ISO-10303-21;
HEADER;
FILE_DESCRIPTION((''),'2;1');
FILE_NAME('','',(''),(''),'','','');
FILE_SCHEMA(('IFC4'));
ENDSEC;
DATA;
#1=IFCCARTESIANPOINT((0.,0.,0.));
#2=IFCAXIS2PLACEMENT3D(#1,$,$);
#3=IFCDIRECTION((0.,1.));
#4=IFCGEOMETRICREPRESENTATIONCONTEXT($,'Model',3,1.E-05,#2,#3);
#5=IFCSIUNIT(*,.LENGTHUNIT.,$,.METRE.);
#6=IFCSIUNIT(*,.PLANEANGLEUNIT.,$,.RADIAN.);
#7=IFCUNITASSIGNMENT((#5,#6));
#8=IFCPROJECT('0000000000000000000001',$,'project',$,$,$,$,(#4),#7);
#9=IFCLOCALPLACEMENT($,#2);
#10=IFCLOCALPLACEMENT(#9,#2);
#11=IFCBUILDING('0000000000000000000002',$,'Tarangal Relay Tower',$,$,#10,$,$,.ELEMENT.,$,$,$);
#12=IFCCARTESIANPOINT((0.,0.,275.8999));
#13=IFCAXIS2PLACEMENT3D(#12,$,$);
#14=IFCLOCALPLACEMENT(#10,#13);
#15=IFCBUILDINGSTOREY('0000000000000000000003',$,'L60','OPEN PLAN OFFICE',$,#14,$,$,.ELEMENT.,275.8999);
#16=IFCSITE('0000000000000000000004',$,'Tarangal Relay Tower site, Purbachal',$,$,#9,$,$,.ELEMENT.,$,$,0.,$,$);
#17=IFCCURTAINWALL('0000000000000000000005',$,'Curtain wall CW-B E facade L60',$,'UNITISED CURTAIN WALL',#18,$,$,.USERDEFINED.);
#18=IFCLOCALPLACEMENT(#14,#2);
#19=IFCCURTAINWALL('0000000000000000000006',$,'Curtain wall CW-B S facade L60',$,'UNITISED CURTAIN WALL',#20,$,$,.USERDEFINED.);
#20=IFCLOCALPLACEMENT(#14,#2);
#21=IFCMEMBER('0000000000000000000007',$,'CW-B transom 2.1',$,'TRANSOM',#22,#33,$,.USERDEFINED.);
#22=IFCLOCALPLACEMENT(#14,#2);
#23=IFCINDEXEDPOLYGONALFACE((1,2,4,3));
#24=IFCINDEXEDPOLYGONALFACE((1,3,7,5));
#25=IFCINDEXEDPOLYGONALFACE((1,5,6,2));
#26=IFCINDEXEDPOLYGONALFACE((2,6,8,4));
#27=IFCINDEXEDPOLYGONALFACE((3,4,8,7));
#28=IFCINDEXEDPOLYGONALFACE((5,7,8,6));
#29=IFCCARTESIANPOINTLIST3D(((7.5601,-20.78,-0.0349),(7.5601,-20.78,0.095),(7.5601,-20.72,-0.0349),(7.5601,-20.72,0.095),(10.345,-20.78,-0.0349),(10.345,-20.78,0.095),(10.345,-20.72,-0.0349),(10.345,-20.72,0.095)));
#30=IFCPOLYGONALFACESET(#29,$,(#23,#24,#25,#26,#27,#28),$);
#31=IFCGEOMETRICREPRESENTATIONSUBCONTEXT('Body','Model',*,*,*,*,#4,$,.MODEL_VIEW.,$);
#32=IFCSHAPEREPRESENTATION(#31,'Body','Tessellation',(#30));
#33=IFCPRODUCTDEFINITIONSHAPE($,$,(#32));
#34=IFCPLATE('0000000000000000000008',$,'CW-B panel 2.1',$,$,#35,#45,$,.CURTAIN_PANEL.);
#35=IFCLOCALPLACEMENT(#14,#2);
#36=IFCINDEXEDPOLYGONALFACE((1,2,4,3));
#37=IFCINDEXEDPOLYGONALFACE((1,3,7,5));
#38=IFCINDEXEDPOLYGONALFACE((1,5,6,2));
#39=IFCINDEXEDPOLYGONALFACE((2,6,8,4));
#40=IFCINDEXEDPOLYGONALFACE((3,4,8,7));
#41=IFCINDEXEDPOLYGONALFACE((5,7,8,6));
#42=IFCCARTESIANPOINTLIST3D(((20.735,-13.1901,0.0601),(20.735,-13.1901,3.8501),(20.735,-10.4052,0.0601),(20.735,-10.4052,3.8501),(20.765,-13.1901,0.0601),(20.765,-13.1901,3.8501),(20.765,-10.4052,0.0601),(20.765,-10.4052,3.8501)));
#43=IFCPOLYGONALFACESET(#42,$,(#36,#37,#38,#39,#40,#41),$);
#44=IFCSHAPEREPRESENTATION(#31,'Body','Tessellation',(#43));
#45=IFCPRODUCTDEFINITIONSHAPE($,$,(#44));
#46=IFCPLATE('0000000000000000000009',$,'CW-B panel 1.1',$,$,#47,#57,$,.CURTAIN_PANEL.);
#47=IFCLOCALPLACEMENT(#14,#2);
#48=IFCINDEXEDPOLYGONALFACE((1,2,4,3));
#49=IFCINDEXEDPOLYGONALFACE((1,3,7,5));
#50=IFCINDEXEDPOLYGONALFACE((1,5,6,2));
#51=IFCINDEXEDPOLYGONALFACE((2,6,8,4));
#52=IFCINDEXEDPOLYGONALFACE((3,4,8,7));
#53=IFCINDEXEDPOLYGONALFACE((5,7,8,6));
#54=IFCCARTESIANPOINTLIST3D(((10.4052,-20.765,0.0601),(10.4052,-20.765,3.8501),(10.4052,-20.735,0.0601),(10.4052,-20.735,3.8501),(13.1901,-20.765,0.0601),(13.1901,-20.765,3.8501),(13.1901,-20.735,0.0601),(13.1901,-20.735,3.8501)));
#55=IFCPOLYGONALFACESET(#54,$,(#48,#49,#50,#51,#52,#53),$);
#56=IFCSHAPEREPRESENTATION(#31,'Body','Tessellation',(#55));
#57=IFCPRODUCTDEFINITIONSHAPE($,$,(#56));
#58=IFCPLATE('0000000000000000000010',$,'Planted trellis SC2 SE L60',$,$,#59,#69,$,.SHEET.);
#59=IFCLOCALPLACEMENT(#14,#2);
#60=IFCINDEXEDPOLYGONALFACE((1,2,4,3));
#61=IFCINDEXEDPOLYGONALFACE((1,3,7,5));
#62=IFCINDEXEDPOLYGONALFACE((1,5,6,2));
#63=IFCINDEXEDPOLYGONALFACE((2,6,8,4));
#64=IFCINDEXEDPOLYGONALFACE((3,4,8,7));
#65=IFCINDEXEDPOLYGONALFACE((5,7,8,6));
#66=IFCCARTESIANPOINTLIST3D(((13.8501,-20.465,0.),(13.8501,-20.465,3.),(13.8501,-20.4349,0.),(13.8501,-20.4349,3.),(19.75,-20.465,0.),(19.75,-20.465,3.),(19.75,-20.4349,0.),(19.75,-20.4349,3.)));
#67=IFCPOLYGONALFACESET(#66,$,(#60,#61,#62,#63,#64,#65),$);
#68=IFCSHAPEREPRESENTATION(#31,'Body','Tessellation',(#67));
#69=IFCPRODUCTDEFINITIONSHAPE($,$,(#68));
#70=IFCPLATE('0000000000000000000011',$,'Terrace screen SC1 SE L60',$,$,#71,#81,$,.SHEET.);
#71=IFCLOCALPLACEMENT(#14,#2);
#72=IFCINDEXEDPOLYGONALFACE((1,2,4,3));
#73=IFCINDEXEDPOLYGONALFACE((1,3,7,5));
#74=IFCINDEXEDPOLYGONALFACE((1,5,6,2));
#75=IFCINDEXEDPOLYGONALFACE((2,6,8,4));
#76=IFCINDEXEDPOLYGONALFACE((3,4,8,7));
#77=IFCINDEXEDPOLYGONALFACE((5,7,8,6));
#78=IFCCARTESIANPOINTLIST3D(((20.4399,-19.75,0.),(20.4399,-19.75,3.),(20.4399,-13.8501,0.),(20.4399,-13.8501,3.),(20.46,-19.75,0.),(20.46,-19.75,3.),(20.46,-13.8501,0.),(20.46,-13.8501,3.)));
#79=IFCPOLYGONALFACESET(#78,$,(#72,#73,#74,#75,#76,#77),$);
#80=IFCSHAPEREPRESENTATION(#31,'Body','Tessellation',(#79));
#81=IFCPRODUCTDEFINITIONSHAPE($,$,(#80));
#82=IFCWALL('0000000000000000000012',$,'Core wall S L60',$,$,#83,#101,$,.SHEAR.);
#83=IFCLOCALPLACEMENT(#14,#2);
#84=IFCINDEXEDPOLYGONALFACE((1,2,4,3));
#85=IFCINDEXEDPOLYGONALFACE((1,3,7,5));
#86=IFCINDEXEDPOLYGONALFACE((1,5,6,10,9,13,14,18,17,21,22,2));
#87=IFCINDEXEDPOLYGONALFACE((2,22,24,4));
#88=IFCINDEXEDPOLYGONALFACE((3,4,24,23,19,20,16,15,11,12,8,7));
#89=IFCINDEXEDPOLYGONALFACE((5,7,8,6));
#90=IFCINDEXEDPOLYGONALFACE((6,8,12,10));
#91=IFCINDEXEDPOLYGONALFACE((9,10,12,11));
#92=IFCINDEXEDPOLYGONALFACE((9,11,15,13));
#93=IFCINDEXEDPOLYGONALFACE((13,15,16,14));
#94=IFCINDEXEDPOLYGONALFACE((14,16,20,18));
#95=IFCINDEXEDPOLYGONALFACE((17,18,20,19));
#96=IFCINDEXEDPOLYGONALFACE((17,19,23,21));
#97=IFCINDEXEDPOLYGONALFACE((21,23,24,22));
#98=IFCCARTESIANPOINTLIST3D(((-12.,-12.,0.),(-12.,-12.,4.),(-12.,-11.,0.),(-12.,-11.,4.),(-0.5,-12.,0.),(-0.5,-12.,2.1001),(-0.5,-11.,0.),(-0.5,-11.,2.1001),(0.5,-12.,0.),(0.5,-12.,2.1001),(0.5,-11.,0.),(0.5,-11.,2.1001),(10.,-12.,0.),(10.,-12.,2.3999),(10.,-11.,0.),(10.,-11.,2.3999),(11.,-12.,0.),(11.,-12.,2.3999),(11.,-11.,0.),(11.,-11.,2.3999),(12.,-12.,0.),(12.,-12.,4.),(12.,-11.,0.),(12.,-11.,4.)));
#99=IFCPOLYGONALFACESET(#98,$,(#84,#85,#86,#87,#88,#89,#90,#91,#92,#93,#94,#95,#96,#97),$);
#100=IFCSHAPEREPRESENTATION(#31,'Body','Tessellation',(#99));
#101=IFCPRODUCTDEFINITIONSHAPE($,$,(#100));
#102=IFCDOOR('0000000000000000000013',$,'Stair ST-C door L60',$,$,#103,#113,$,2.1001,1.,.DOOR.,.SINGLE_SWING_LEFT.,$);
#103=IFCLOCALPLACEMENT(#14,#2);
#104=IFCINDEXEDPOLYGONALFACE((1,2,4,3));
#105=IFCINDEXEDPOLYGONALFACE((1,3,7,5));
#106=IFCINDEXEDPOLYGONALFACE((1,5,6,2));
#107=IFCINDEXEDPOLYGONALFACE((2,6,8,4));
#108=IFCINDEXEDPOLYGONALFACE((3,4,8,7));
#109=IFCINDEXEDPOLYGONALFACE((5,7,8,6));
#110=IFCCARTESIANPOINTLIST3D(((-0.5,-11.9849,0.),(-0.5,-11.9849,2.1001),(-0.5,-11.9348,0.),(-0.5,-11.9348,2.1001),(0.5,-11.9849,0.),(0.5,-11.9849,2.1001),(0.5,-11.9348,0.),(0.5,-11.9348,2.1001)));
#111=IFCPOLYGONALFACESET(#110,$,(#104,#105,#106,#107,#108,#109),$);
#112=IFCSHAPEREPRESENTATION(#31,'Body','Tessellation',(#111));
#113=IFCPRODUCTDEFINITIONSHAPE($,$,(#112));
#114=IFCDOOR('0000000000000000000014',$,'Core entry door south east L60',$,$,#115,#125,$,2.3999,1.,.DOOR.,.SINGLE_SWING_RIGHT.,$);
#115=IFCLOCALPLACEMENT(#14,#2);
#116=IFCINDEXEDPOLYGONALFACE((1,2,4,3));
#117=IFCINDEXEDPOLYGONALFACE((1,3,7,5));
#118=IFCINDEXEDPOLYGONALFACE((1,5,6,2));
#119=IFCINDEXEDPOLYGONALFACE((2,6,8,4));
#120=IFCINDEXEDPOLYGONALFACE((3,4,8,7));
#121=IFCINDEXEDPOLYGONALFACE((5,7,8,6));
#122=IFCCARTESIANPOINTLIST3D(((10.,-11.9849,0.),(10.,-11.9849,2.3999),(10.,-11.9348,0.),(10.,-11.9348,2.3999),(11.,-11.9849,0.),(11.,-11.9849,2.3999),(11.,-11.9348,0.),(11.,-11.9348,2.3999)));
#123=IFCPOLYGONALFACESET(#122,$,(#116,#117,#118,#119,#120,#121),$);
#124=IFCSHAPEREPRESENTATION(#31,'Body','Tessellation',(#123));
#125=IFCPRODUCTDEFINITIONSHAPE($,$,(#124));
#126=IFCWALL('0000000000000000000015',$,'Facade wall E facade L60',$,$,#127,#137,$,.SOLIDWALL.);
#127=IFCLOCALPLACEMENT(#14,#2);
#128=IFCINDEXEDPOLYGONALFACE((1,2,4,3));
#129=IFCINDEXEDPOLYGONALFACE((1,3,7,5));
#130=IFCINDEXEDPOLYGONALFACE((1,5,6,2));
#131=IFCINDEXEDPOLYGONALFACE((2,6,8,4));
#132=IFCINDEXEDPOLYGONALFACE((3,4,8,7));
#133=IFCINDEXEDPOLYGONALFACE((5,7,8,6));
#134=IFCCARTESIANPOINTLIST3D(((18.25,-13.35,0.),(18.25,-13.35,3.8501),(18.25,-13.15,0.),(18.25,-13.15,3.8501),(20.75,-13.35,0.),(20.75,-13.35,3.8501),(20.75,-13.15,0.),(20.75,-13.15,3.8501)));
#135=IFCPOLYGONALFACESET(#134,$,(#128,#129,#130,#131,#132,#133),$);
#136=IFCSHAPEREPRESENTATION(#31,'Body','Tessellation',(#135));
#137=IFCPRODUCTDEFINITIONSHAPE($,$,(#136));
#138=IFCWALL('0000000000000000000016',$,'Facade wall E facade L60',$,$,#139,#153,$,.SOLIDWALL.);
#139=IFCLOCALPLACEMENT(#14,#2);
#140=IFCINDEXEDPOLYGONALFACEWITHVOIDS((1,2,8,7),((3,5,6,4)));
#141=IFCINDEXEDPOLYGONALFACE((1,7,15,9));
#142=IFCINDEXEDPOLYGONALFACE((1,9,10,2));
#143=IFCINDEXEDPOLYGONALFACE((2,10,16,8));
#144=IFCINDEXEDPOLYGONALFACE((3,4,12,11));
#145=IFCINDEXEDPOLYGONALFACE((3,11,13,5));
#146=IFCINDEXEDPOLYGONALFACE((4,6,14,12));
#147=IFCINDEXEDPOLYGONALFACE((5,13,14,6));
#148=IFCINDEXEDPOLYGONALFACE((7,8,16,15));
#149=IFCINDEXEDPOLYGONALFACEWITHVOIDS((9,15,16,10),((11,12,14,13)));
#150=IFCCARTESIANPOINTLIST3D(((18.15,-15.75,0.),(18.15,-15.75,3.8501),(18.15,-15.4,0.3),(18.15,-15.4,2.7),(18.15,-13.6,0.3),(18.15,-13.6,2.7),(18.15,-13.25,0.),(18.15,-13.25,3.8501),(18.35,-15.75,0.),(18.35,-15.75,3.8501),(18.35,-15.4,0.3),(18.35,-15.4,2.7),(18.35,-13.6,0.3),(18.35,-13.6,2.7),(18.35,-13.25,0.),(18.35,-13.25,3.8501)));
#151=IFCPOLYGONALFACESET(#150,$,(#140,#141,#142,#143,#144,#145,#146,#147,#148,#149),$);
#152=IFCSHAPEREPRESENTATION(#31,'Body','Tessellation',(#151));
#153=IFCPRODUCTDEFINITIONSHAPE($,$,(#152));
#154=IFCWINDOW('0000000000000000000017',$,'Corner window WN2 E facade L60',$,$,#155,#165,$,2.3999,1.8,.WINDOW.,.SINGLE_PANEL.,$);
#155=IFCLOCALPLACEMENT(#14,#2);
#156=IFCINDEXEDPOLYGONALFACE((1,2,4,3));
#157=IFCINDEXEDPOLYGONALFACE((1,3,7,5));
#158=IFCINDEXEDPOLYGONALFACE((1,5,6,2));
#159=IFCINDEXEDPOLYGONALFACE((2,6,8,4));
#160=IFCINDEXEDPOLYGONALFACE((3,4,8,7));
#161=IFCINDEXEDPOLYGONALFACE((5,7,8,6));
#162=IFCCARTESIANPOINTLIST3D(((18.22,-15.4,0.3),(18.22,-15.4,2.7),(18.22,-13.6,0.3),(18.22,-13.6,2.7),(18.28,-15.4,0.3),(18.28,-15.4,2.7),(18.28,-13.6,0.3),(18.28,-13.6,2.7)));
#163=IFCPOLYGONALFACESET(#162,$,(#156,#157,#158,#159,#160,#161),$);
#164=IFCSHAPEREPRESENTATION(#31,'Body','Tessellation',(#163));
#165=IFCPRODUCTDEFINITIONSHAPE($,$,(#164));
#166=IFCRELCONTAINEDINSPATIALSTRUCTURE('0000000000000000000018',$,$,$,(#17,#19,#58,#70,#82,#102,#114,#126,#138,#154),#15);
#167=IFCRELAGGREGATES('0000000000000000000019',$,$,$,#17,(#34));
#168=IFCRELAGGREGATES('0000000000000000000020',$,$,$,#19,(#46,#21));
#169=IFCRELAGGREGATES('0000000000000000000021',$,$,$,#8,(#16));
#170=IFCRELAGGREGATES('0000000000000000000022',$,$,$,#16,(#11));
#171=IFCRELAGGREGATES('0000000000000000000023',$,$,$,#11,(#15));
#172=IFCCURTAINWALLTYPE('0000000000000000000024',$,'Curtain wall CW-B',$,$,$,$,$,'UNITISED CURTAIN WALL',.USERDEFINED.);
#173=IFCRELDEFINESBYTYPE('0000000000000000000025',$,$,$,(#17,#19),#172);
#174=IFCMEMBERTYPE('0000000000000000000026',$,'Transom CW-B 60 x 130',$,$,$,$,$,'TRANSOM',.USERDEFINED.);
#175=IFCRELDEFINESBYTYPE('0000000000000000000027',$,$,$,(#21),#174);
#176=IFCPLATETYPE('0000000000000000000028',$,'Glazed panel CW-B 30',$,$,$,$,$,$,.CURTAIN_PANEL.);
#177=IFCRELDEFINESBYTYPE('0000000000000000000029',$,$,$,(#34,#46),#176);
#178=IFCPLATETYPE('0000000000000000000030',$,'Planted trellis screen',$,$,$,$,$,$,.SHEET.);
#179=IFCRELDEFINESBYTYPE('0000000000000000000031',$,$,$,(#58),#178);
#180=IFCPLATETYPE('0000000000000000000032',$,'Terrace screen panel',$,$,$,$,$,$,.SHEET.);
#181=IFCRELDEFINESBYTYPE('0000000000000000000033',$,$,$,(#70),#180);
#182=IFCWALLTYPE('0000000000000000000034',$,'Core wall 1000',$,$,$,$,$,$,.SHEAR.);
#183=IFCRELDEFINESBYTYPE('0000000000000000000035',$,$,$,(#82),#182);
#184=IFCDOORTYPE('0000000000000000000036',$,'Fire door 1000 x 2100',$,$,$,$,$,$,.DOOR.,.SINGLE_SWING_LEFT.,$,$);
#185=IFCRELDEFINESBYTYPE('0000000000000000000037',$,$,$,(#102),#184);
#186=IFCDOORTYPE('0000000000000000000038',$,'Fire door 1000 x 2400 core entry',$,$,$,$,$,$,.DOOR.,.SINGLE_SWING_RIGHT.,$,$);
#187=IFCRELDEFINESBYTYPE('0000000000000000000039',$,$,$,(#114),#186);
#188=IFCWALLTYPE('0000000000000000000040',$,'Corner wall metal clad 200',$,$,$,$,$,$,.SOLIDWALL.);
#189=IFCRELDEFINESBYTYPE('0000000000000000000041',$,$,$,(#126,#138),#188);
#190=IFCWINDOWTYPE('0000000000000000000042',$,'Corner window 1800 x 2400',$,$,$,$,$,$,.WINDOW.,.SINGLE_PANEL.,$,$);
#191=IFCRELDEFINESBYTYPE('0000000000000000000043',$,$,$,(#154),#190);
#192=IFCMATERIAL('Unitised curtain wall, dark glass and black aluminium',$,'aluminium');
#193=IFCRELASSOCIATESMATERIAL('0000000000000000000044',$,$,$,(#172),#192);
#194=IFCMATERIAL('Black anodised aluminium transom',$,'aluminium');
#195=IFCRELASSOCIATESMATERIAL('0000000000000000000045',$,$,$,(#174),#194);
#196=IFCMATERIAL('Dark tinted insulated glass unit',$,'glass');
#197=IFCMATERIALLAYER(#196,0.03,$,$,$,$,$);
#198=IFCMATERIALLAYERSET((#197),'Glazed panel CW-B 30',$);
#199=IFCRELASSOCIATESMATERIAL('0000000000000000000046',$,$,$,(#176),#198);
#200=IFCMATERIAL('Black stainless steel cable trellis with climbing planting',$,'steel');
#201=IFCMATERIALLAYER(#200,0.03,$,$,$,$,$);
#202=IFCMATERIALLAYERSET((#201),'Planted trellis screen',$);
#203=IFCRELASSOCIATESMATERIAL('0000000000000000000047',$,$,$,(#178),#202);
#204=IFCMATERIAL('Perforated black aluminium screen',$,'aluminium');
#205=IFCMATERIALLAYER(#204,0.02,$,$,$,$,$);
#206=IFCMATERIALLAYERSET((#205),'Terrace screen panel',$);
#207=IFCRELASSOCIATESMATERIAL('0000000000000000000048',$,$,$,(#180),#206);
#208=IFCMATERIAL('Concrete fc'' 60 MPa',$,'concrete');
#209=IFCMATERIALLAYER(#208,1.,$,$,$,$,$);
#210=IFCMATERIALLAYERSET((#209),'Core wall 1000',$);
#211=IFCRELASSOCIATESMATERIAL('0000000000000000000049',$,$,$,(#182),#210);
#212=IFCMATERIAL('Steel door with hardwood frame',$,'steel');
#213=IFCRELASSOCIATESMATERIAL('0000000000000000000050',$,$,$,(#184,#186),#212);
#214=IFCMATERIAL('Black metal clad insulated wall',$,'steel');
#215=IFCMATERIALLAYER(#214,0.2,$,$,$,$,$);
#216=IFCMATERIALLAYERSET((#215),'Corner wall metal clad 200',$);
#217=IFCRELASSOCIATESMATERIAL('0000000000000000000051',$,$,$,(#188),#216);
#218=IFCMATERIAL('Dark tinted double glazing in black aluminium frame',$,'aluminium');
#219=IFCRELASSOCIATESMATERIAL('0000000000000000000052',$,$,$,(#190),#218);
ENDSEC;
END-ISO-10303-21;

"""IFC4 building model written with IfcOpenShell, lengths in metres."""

from ifc_helpers import new_model, si_unit, direction, frame, frame_2d, origin, origin_2d, place, context, subcontext, project, spatial, rectangle, extrude, material, layer, layer_set, material_profile, profile_set, type_object, element, fill, aggregate, save


model = new_model("IFC4")

# Units and contexts
model_context = context("Model", 3, precision=1e-05, world=origin(), true_north=direction((0.0, 1.0)))
body_context = subcontext(model_context, "Body", "Model", "MODEL_VIEW")
ifc_project = project(units=[si_unit("LENGTHUNIT", "METRE"), si_unit("PLANEANGLEUNIT", "RADIAN")], contexts=[model_context])

# Site, building, storey
site_placement = place(None, origin())
site = spatial("IfcSite", under=ifc_project, at=site_placement, Name="Tarangal Relay Tower site, Purbachal", CompositionType="ELEMENT", RefElevation=0.0)
building_placement = place(site_placement, origin())
building = spatial("IfcBuilding", under=site, at=building_placement, Name="Tarangal Relay Tower", CompositionType="ELEMENT")
storey_placement = place(building_placement, frame((0.0, 0.0, 275.8999)))
storey = spatial("IfcBuildingStorey", under=building, at=storey_placement, Name="L60", Description="OPEN PLAN OFFICE", CompositionType="ELEMENT", Elevation=275.8999)

# Curtain wall
ifc_material_1 = material(Name="Unitised curtain wall, dark glass and black aluminium", Category="aluminium")
curtain_wall_type = type_object("IfcCurtainWallType", Name="Curtain wall CW-B", ElementType="UNITISED CURTAIN WALL", PredefinedType="USERDEFINED", material=ifc_material_1)
curtain_wall_1_placement = place(storey_placement, origin())
curtain_wall_1 = element("IfcCurtainWall", 1, at=curtain_wall_1_placement, inside=storey, type_object=curtain_wall_type, Name="Curtain wall CW-B E facade L60", ObjectType="UNITISED CURTAIN WALL", PredefinedType="USERDEFINED")

# Curtain wall, member
curtain_wall_2_placement = place(storey_placement, origin())
curtain_wall_2 = element("IfcCurtainWall", 2, at=curtain_wall_2_placement, inside=storey, type_object=curtain_wall_type, Name="Curtain wall CW-B S facade L60", ObjectType="UNITISED CURTAIN WALL", PredefinedType="USERDEFINED")
ifc_material_2 = material(Name="Black anodised aluminium transom", Category="aluminium")
ifc_material_profile_1 = material_profile(ifc_material_2, rectangle(XDim=0.0601, YDim=0.1299, at=origin_2d()), Name="CW-BT 60X130")
ifc_profile_set_1 = profile_set([ifc_material_profile_1], Name="Black anodised aluminium transom")
member_type_1 = type_object("IfcMemberType", Name="Transom CW-B 60 x 130", ElementType="TRANSOM", PredefinedType="USERDEFINED", material=ifc_profile_set_1)
member_1_placement = place(storey_placement, frame((10.345, -20.75, 0.03), z_axis=(-1.0, 0.0, 0.0), x_axis=(0.0, -1.0, 0.0)))
member_1 = element("IfcMember", 3, at=member_1_placement, type_object=member_type_1, Name="CW-B transom 2.1", ObjectType="TRANSOM", PredefinedType="USERDEFINED", context=body_context, shape_type="SweptSolid", body=[
    extrude(rectangle(XDim=0.0601, YDim=0.1299, at=origin_2d()), origin(), (0.0, 0.0, 1.0), 2.7849),
])

# Plates
ifc_material_3 = material(Name="Dark tinted insulated glass unit", Category="glass")
ifc_layer_1 = layer(ifc_material_3, 0.03)
ifc_layer_set_1 = layer_set([ifc_layer_1], Name="Glazed panel CW-B 30")
plate_type_1 = type_object("IfcPlateType", Name="Glazed panel CW-B 30", PredefinedType="CURTAIN_PANEL", material=ifc_layer_set_1)
plate_1_placement = place(storey_placement, frame((20.75, -11.7976, 0.0601), z_axis=(0.0, 0.0, 1.0), x_axis=(0.0, -1.0, 0.0)))
plate_1 = element("IfcPlate", 4, at=plate_1_placement, type_object=plate_type_1, Name="CW-B panel 2.1", PredefinedType="CURTAIN_PANEL", context=body_context, shape_type="SweptSolid", body=[
    extrude(rectangle(XDim=2.7849, YDim=0.03, at=origin_2d()), origin(), (0.0, 0.0, 1.0), 3.79),
])
aggregate(curtain_wall_1, [plate_1])
plate_2_placement = place(storey_placement, frame((11.7976, -20.75, 0.0601), z_axis=(0.0, 0.0, 1.0), x_axis=(-1.0, 0.0, 0.0)))
plate_2 = element("IfcPlate", 5, at=plate_2_placement, type_object=plate_type_1, Name="CW-B panel 1.1", PredefinedType="CURTAIN_PANEL", context=body_context, shape_type="SweptSolid", body=[
    extrude(rectangle(XDim=2.7849, YDim=0.03, at=origin_2d()), origin(), (0.0, 0.0, 1.0), 3.79),
])
aggregate(curtain_wall_2, [plate_2, member_1])

# Plates
ifc_material_4 = material(Name="Black stainless steel cable trellis with climbing planting", Category="steel")
ifc_layer_2 = layer(ifc_material_4, 0.03)
ifc_layer_set_2 = layer_set([ifc_layer_2], Name="Planted trellis screen")
plate_type_2 = type_object("IfcPlateType", Name="Planted trellis screen", PredefinedType="SHEET", material=ifc_layer_set_2)
plate_3_placement = place(storey_placement, frame((16.8, -20.45, 0.0), z_axis=(0.0, 0.0, 1.0), x_axis=(-1.0, 0.0, 0.0)))
element("IfcPlate", 6, at=plate_3_placement, inside=storey, type_object=plate_type_2, Name="Planted trellis SC2 SE L60", PredefinedType="SHEET", context=body_context, shape_type="SweptSolid", body=[
    extrude(rectangle(XDim=5.8999, YDim=0.03, at=origin_2d()), origin(), (0.0, 0.0, 1.0), 3.0),
])
ifc_material_5 = material(Name="Perforated black aluminium screen", Category="aluminium")
ifc_layer_3 = layer(ifc_material_5, 0.02)
ifc_layer_set_3 = layer_set([ifc_layer_3], Name="Terrace screen panel")
plate_type_3 = type_object("IfcPlateType", Name="Terrace screen panel", PredefinedType="SHEET", material=ifc_layer_set_3)
plate_4_placement = place(storey_placement, frame((20.45, -16.8, 0.0), z_axis=(0.0, 0.0, 1.0), x_axis=(0.0, -1.0, 0.0)))
element("IfcPlate", 7, at=plate_4_placement, inside=storey, type_object=plate_type_3, Name="Terrace screen SC1 SE L60", PredefinedType="SHEET", context=body_context, shape_type="SweptSolid", body=[
    extrude(rectangle(XDim=5.8999, YDim=0.02, at=origin_2d()), origin(), (0.0, 0.0, 1.0), 3.0),
])

# Wall, openings, doors
ifc_material_6 = material(Name="Concrete fc' 60 MPa", Category="concrete")
ifc_layer_4 = layer(ifc_material_6, 1.0)
ifc_layer_set_4 = layer_set([ifc_layer_4], Name="Core wall 1000")
wall_type_1 = type_object("IfcWallType", Name="Core wall 1000", PredefinedType="SHEAR", material=ifc_layer_set_4)
wall_1_placement = place(storey_placement, frame((12.0, -11.5, 0.0), z_axis=(0.0, 0.0, 1.0), x_axis=(-1.0, 0.0, 0.0)))
wall_1 = element("IfcWall", 8, at=wall_1_placement, inside=storey, type_object=wall_type_1, Name="Core wall S L60", PredefinedType="SHEAR", context=body_context, shape_type="SweptSolid", body=[
    extrude(rectangle(XDim=24.0, YDim=1.0, at=frame_2d((12.0, 0.0))), origin(), (0.0, 0.0, 1.0), 4.0),
])
opening_1_placement = place(wall_1_placement, frame((11.5, 0.0, 0.0)))
opening_1 = element("IfcOpeningElement", 9, at=opening_1_placement, cuts=wall_1, PredefinedType="OPENING", context=body_context, shape_type="SweptSolid", body=[
    extrude(rectangle(XDim=1.0, YDim=2.1001, at=frame_2d((0.5, 1.05))), frame((0.0, 0.51, 0.0), z_axis=(0.0, -1.0, 0.0), x_axis=(1.0, 0.0, 0.0)), (0.0, 0.0, 1.0), 1.02),
])
opening_2_placement = place(wall_1_placement, frame((1.0, 0.0, 0.0)))
opening_2 = element("IfcOpeningElement", 10, at=opening_2_placement, cuts=wall_1, PredefinedType="OPENING", context=body_context, shape_type="SweptSolid", body=[
    extrude(rectangle(XDim=1.0, YDim=2.3999, at=frame_2d((0.5, 1.2))), frame((0.0, 0.51, 0.0), z_axis=(0.0, -1.0, 0.0), x_axis=(1.0, 0.0, 0.0)), (0.0, 0.0, 1.0), 1.02),
])
ifc_material_7 = material(Name="Steel door with hardwood frame", Category="steel")
door_type_1 = type_object("IfcDoorType", Name="Fire door 1000 x 2100", OperationType="SINGLE_SWING_LEFT", PredefinedType="DOOR", material=ifc_material_7)
door_1_placement = place(opening_1_placement, origin())
door_1 = element("IfcDoor", 11, at=door_1_placement, inside=storey, type_object=door_type_1, Name="Stair ST-C door L60", OperationType="SINGLE_SWING_LEFT", OverallHeight=2.1001, OverallWidth=1.0, PredefinedType="DOOR", context=body_context, shape_type="SweptSolid", body=[
    extrude(rectangle(XDim=1.0, YDim=2.1001, at=frame_2d((0.5, 1.05))), frame((0.0, 0.4849, 0.0), z_axis=(0.0, -1.0, 0.0), x_axis=(1.0, 0.0, 0.0)), (0.0, 0.0, 1.0), 0.05),
])
fill(opening_1, door_1)
door_type_2 = type_object("IfcDoorType", Name="Fire door 1000 x 2400 core entry", OperationType="SINGLE_SWING_RIGHT", PredefinedType="DOOR", material=ifc_material_7)
door_2_placement = place(opening_2_placement, origin())
door_2 = element("IfcDoor", 12, at=door_2_placement, inside=storey, type_object=door_type_2, Name="Core entry door south east L60", OperationType="SINGLE_SWING_RIGHT", OverallHeight=2.3999, OverallWidth=1.0, PredefinedType="DOOR", context=body_context, shape_type="SweptSolid", body=[
    extrude(rectangle(XDim=1.0, YDim=2.3999, at=frame_2d((0.5, 1.2))), frame((0.0, 0.4849, 0.0), z_axis=(0.0, -1.0, 0.0), x_axis=(1.0, 0.0, 0.0)), (0.0, 0.0, 1.0), 0.05),
])
fill(opening_2, door_2)

# Wall
ifc_material_8 = material(Name="Black metal clad insulated wall", Category="steel")
ifc_layer_5 = layer(ifc_material_8, 0.2)
ifc_layer_set_5 = layer_set([ifc_layer_5], Name="Corner wall metal clad 200")
wall_type_2 = type_object("IfcWallType", Name="Corner wall metal clad 200", PredefinedType="SOLIDWALL", material=ifc_layer_set_5)
wall_2_placement = place(storey_placement, frame((20.75, -13.25, 0.0), z_axis=(0.0, 0.0, 1.0), x_axis=(-1.0, 0.0, 0.0)))
element("IfcWall", 13, at=wall_2_placement, inside=storey, type_object=wall_type_2, Name="Facade wall E facade L60", PredefinedType="SOLIDWALL", context=body_context, shape_type="SweptSolid", body=[
    extrude(rectangle(XDim=2.5, YDim=0.2, at=frame_2d((1.25, 0.0))), origin(), (0.0, 0.0, 1.0), 3.8501),
])

# Wall, opening, window
wall_3_placement = place(storey_placement, frame((18.25, -13.25, 0.0), z_axis=(0.0, 0.0, 1.0), x_axis=(0.0, -1.0, 0.0)))
wall_3 = element("IfcWall", 14, at=wall_3_placement, inside=storey, type_object=wall_type_2, Name="Facade wall E facade L60", PredefinedType="SOLIDWALL", context=body_context, shape_type="SweptSolid", body=[
    extrude(rectangle(XDim=2.5, YDim=0.2, at=frame_2d((1.25, 0.0))), origin(), (0.0, 0.0, 1.0), 3.8501),
])
opening_3_placement = place(wall_3_placement, frame((0.3501, 0.0, 0.3)))
opening_3 = element("IfcOpeningElement", 15, at=opening_3_placement, cuts=wall_3, PredefinedType="OPENING", context=body_context, shape_type="SweptSolid", body=[
    extrude(rectangle(XDim=1.8, YDim=2.3999, at=frame_2d((0.8999, 1.2))), frame((0.0, 0.1099, 0.0), z_axis=(0.0, -1.0, 0.0), x_axis=(1.0, 0.0, 0.0)), (0.0, 0.0, 1.0), 0.22),
])
ifc_material_9 = material(Name="Dark tinted double glazing in black aluminium frame", Category="aluminium")
window_type = type_object("IfcWindowType", Name="Corner window 1800 x 2400", PartitioningType="SINGLE_PANEL", PredefinedType="WINDOW", material=ifc_material_9)
window_1_placement = place(opening_3_placement, origin())
window_1 = element("IfcWindow", 16, at=window_1_placement, inside=storey, type_object=window_type, Name="Corner window WN2 E facade L60", OverallHeight=2.3999, OverallWidth=1.8, PartitioningType="SINGLE_PANEL", PredefinedType="WINDOW", context=body_context, shape_type="SweptSolid", body=[
    extrude(rectangle(XDim=1.8, YDim=2.3999, at=frame_2d((0.8999, 1.2))), frame((0.0, 0.03, 0.0), z_axis=(0.0, -1.0, 0.0), x_axis=(1.0, 0.0, 0.0)), (0.0, 0.0, 1.0), 0.0601),
])
fill(opening_3, window_1)

save(model, "model.ifc")
